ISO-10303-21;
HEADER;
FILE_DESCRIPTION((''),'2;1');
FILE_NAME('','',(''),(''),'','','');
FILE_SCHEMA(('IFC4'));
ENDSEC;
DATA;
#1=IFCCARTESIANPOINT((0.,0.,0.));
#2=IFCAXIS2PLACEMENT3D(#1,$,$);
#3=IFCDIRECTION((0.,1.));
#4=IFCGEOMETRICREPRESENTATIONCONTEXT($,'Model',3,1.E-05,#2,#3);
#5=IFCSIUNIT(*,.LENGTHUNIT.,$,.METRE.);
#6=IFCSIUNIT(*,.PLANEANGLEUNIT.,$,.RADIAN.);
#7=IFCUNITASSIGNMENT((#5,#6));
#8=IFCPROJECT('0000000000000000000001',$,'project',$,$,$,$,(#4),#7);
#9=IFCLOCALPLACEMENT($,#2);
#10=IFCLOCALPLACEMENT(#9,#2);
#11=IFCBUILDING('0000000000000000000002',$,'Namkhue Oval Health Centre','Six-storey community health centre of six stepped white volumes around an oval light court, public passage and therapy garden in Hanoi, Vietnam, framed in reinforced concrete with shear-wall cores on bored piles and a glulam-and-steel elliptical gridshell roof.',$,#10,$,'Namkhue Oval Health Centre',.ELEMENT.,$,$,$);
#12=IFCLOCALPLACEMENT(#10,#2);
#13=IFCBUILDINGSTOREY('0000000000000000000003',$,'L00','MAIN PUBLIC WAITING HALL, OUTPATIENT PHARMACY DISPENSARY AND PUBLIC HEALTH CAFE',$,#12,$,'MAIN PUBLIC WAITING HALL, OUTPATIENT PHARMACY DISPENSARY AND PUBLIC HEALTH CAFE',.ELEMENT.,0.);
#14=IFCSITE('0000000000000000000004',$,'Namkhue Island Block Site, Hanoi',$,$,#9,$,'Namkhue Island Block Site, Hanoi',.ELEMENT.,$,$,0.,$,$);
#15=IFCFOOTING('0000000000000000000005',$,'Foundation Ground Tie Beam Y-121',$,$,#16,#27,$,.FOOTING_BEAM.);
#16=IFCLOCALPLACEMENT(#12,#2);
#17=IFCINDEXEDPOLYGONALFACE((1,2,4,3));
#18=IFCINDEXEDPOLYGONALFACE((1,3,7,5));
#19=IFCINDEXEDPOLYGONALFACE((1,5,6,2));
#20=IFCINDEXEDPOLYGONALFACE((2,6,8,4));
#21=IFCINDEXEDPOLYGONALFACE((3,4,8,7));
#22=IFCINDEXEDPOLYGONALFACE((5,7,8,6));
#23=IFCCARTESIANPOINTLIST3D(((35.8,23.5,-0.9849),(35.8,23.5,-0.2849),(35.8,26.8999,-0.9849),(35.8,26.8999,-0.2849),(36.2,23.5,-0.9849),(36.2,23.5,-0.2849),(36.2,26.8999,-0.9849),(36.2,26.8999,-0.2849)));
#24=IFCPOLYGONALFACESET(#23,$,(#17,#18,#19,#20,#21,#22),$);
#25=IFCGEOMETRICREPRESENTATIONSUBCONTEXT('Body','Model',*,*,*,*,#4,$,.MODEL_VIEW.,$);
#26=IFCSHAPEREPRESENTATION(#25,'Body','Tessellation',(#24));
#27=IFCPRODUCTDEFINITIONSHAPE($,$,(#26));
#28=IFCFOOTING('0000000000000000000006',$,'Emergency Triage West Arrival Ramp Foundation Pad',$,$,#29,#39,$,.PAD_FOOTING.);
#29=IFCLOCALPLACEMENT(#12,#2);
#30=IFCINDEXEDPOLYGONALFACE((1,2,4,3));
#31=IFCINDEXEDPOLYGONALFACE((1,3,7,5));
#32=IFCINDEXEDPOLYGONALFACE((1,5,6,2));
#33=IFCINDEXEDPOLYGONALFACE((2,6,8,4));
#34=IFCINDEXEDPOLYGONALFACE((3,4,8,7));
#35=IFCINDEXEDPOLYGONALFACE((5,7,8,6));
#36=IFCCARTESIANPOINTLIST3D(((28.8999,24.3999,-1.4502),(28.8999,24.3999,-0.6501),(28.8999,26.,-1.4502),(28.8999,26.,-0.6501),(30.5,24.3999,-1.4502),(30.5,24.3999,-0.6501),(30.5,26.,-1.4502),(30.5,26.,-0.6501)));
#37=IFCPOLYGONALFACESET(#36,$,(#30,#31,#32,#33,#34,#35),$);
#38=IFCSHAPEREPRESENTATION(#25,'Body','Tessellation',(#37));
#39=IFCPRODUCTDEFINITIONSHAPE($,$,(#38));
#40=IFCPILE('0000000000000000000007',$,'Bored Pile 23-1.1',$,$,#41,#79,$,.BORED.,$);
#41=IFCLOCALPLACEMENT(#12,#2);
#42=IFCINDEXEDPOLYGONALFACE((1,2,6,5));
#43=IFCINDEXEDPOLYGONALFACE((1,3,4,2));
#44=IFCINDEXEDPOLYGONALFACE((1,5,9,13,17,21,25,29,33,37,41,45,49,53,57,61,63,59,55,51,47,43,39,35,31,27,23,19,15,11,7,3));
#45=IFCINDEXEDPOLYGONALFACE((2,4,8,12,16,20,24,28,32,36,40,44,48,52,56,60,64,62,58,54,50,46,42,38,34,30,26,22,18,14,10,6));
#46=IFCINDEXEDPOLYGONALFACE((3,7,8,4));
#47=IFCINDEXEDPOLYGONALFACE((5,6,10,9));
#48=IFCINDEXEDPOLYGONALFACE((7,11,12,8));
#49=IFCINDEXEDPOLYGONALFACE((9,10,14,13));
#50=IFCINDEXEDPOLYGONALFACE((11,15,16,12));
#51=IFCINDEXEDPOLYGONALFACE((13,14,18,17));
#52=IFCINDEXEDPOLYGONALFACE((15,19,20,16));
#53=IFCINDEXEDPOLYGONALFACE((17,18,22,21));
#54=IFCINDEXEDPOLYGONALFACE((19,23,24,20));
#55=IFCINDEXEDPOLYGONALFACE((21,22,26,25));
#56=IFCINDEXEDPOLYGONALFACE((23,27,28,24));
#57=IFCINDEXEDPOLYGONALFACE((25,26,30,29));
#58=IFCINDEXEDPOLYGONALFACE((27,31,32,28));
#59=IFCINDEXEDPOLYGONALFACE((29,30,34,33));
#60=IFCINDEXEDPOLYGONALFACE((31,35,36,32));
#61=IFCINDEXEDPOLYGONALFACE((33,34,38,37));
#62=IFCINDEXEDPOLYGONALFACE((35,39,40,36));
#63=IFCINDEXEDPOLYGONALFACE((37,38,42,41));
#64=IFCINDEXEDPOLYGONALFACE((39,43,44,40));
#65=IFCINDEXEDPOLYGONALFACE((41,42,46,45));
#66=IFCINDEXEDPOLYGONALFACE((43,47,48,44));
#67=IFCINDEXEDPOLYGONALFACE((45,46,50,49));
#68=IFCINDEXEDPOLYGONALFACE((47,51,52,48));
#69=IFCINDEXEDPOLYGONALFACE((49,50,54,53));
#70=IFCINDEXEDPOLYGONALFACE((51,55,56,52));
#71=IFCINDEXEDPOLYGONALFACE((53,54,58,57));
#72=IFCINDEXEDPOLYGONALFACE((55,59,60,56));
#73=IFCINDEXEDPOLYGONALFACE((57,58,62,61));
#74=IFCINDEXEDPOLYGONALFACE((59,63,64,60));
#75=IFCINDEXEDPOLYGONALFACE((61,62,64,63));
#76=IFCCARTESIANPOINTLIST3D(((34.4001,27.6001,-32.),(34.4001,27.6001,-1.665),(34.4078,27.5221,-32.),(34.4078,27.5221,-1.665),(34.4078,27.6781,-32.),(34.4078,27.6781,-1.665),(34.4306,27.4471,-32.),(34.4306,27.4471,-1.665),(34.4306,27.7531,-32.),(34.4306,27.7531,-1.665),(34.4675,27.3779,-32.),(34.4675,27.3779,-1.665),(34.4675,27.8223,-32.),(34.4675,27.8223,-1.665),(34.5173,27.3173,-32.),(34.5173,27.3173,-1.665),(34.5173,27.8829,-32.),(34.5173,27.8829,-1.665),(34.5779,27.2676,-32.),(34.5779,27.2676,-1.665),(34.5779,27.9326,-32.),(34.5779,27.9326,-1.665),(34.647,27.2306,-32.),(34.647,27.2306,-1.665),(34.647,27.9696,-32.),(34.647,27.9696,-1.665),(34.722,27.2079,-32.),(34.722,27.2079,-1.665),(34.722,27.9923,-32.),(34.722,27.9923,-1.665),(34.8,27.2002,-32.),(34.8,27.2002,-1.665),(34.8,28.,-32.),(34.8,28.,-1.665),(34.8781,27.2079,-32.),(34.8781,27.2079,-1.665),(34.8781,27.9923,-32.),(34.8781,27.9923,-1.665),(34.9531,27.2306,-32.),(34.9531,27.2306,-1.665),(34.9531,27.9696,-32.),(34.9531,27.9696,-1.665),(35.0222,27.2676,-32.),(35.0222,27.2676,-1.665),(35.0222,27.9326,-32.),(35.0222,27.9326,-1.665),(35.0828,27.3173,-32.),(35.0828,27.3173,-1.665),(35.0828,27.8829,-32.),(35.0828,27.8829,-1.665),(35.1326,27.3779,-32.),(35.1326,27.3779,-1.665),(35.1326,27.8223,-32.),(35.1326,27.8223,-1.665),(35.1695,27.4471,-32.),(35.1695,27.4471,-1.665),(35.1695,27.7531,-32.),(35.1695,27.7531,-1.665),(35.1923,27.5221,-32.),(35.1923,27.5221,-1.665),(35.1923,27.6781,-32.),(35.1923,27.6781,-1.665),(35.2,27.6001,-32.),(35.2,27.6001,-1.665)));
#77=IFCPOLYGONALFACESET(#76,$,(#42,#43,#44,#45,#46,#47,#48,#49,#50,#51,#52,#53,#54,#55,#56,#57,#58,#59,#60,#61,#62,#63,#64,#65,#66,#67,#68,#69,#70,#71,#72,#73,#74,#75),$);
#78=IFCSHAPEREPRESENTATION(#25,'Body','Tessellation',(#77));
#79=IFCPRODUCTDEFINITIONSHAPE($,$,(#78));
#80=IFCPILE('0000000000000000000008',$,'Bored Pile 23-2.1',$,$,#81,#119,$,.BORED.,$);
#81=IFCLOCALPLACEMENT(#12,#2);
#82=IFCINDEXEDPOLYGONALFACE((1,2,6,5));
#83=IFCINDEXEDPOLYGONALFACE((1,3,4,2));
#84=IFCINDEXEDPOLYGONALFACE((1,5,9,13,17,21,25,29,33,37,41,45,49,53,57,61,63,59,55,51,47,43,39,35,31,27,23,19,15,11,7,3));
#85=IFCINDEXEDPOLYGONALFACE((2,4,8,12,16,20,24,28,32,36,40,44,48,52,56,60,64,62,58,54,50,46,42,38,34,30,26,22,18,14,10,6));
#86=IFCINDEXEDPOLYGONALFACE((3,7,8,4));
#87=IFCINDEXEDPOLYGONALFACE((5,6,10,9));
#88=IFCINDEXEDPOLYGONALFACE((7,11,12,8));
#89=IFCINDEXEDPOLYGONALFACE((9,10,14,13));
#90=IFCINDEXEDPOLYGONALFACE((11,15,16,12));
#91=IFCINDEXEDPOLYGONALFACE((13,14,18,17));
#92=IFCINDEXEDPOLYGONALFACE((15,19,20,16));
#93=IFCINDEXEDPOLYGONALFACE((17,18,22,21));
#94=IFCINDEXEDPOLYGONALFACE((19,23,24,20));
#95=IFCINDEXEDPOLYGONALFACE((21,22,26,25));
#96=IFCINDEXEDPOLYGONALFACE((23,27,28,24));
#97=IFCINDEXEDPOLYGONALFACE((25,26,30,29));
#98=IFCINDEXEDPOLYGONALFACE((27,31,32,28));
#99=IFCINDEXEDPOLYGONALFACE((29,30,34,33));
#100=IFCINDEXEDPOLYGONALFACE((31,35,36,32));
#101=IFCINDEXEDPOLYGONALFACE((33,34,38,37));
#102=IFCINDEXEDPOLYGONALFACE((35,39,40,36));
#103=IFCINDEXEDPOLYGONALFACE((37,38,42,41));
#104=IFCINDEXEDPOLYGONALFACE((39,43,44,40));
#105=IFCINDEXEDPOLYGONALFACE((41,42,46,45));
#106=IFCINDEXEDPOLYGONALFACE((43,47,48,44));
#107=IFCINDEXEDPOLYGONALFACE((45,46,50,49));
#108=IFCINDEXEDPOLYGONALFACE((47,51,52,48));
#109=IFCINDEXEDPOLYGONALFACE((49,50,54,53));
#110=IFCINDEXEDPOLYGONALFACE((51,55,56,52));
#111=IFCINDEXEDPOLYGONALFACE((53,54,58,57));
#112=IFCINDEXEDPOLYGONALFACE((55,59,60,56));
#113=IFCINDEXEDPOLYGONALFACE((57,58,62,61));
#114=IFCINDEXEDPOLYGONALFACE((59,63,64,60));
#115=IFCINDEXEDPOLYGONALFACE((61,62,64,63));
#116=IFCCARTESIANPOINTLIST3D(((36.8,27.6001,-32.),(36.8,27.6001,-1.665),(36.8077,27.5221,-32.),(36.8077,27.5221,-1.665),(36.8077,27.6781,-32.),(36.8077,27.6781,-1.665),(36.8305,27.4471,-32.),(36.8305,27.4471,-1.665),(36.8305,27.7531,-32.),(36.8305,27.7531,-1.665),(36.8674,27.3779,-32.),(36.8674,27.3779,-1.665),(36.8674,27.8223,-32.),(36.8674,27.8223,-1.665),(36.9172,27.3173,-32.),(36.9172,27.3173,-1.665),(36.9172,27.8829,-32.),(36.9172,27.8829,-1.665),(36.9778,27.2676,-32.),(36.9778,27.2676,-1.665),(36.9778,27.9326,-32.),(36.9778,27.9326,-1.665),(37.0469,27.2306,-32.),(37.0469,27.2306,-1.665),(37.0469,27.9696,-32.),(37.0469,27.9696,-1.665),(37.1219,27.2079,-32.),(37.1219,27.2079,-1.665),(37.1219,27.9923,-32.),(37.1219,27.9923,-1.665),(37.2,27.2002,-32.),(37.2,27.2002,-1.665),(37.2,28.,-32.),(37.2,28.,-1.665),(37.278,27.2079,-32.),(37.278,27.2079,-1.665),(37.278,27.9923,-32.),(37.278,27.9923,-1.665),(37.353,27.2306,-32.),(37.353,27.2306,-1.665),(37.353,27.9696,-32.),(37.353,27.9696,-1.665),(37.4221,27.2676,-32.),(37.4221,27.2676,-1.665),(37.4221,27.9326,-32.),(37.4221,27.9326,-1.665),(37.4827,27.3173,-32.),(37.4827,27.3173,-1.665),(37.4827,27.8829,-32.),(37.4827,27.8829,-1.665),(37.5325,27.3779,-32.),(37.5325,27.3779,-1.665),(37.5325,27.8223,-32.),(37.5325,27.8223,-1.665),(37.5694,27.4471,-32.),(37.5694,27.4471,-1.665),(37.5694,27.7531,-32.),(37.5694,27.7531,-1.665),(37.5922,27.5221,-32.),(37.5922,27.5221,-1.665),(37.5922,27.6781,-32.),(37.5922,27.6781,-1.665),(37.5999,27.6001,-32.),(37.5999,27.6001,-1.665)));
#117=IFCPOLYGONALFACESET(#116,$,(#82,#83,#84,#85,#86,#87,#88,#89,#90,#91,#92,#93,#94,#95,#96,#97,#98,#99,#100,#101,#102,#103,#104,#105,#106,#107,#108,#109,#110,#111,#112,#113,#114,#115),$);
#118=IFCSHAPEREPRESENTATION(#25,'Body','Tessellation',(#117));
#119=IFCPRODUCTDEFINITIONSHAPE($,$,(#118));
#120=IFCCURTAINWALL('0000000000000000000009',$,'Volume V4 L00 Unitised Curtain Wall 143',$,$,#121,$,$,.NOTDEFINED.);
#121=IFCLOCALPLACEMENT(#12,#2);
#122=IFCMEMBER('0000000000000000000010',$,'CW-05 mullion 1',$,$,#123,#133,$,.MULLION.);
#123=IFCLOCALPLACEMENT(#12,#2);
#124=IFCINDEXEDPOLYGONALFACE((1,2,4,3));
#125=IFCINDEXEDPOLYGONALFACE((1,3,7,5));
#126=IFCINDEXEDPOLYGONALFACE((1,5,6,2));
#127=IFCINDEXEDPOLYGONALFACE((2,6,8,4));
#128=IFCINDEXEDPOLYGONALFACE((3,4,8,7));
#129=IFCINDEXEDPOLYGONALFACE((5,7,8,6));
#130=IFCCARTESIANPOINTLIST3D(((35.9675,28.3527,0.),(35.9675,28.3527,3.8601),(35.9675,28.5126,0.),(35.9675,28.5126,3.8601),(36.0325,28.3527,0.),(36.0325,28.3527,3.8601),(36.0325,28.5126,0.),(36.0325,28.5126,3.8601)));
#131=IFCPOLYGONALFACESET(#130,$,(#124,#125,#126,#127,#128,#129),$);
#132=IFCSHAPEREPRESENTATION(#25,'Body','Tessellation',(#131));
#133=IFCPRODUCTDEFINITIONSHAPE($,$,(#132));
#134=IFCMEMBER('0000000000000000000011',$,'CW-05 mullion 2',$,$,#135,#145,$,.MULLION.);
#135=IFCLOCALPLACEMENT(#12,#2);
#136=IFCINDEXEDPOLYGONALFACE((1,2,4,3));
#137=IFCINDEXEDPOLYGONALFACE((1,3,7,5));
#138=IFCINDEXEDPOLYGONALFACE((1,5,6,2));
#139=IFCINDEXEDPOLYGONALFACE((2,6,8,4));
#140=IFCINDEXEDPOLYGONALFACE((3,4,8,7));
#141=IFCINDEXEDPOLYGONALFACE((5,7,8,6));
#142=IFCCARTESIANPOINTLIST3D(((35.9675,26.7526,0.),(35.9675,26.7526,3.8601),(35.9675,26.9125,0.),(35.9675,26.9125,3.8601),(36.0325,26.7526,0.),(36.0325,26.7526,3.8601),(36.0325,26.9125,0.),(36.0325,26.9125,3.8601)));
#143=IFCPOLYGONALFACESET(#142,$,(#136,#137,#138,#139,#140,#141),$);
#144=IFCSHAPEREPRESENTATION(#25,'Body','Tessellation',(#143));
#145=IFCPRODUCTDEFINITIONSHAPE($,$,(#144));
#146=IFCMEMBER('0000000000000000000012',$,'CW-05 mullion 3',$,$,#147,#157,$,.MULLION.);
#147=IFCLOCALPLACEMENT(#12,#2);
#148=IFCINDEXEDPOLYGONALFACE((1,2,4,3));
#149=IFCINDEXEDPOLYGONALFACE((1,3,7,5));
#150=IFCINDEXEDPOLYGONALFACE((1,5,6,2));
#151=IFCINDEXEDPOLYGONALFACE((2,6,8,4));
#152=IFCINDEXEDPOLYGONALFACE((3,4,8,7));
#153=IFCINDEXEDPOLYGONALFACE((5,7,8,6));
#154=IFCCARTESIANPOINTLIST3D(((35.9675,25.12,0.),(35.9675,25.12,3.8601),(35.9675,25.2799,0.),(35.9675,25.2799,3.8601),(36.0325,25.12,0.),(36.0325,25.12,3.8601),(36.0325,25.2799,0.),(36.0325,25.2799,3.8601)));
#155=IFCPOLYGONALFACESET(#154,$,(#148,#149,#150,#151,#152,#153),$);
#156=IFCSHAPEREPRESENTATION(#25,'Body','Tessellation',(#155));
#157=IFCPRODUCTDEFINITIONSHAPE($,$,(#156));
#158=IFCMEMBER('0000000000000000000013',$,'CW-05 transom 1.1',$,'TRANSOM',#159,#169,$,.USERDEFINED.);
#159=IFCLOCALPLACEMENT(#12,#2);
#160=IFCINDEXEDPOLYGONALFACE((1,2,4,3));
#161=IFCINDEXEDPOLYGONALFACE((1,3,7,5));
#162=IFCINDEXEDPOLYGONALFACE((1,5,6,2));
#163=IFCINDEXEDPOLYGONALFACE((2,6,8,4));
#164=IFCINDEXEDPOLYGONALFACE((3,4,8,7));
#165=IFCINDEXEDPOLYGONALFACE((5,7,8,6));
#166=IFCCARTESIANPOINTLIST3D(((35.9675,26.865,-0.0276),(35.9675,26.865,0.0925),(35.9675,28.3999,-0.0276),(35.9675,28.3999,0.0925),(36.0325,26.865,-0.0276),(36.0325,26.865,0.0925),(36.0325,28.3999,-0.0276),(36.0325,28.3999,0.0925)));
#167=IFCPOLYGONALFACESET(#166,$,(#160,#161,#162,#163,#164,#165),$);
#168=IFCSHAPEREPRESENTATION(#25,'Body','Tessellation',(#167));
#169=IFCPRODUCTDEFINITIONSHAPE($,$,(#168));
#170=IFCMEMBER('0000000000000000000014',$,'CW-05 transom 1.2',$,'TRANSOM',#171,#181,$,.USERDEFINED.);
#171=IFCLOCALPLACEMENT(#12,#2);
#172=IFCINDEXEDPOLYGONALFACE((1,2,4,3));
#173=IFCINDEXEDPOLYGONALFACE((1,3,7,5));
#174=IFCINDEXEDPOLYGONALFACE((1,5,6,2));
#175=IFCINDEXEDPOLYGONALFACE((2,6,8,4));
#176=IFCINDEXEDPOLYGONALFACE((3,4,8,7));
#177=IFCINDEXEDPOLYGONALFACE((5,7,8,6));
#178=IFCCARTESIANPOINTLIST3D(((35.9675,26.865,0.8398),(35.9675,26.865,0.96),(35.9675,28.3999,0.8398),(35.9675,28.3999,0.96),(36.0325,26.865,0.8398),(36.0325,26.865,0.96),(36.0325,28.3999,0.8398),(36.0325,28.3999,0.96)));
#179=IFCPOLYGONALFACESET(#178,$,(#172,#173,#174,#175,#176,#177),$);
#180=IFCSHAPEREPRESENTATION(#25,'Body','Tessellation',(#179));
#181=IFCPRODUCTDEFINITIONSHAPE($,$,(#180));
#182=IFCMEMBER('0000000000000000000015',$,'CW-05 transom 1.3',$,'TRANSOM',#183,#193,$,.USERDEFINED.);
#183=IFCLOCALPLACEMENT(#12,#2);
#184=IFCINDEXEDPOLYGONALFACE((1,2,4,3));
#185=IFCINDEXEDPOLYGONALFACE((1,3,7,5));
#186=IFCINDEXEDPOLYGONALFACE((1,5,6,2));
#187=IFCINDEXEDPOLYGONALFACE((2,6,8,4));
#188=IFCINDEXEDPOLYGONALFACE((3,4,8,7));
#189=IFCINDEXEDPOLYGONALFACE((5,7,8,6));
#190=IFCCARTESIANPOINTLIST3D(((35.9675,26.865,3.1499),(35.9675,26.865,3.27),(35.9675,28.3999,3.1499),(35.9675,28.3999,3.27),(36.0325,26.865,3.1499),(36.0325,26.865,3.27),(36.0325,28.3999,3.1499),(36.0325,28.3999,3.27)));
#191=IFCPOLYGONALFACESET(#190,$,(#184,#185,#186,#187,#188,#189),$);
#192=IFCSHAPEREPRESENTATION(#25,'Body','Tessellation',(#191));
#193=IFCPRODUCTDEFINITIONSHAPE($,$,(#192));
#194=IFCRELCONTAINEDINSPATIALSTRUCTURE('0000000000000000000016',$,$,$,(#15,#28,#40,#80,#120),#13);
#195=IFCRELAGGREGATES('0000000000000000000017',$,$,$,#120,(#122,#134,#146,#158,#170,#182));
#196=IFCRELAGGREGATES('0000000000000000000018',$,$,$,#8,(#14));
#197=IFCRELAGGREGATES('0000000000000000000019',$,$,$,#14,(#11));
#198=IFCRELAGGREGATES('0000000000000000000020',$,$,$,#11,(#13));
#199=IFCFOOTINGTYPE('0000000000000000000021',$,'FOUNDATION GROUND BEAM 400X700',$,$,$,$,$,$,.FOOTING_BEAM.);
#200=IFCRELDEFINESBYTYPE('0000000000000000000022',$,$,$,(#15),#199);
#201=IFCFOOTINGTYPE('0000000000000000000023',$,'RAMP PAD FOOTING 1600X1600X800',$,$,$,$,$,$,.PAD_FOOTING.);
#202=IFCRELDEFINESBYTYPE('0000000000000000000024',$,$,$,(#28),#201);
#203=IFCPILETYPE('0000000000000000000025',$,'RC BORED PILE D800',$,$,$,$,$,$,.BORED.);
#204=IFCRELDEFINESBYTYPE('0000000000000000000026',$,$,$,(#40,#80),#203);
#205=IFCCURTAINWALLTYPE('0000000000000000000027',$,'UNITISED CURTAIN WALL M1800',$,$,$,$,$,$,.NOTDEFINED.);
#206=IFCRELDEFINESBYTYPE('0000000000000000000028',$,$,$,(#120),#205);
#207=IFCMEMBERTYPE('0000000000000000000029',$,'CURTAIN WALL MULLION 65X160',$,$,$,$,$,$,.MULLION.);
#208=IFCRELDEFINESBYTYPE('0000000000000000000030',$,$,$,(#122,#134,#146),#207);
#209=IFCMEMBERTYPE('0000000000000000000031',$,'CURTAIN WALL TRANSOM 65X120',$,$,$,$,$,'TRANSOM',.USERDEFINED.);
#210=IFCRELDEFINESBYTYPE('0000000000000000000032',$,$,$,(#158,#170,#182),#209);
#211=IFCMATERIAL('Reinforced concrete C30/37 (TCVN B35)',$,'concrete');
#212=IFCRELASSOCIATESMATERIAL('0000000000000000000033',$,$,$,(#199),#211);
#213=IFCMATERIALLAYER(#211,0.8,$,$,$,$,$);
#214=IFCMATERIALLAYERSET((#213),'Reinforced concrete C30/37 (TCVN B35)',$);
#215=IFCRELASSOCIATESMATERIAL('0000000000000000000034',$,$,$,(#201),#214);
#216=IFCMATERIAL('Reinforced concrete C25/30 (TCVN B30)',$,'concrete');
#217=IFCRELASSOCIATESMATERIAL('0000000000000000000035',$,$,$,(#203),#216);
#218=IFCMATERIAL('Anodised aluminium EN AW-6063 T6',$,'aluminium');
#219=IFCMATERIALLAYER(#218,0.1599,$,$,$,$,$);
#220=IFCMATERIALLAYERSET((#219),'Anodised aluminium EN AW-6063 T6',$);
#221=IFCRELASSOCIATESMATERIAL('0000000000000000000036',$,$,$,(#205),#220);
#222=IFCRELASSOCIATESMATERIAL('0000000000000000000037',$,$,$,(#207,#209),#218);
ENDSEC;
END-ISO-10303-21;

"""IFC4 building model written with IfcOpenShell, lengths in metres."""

from ifc_helpers import new_model, si_unit, direction, frame, origin, origin_2d, place, context, subcontext, project, spatial, rectangle, circle, extrude, material, layer, layer_set, material_profile, profile_set, type_object, element, aggregate, save


model = new_model("IFC4")

# Units and contexts
model_context = context("Model", 3, precision=1e-05, world=origin(), true_north=direction((0.0, 1.0)))
body_context = subcontext(model_context, "Body", "Model", "MODEL_VIEW")
ifc_project = project(units=[si_unit("LENGTHUNIT", "METRE"), si_unit("PLANEANGLEUNIT", "RADIAN")], contexts=[model_context])

# Site, building, storey
site_placement = place(None, origin())
site = spatial("IfcSite", under=ifc_project, at=site_placement, Name="Namkhue Island Block Site, Hanoi", LongName="Namkhue Island Block Site, Hanoi", CompositionType="ELEMENT", RefElevation=0.0)
building_placement = place(site_placement, origin())
building = spatial("IfcBuilding", under=site, at=building_placement, Name="Namkhue Oval Health Centre", Description="Six-storey community health centre of six stepped white volumes around an oval light court, public passage and therapy garden in Hanoi, Vietnam, framed in reinforced concrete with shear-wall cores on bored piles and a glulam-and-steel elliptical gridshell roof.", LongName="Namkhue Oval Health Centre", CompositionType="ELEMENT")
storey_placement = place(building_placement, origin())
storey = spatial("IfcBuildingStorey", under=building, at=storey_placement, Name="L00", Description="MAIN PUBLIC WAITING HALL, OUTPATIENT PHARMACY DISPENSARY AND PUBLIC HEALTH CAFE", LongName="MAIN PUBLIC WAITING HALL, OUTPATIENT PHARMACY DISPENSARY AND PUBLIC HEALTH CAFE", CompositionType="ELEMENT", Elevation=0.0)

# Footings
ifc_material_1 = material(Name="Reinforced concrete C30/37 (TCVN B35)", Category="concrete")
footing_type_1 = type_object("IfcFootingType", Name="FOUNDATION GROUND BEAM 400X700", PredefinedType="FOOTING_BEAM", material=ifc_material_1)
footing_1_placement = place(storey_placement, frame((36.0, 25.2, -0.9849), z_axis=(0.0, 0.0, 1.0), x_axis=(0.0, 1.0, 0.0)))
element("IfcFooting", 1, at=footing_1_placement, inside=storey, type_object=footing_type_1, Name="Foundation Ground Tie Beam Y-121", PredefinedType="FOOTING_BEAM", context=body_context, shape_type="SweptSolid", body=[
    extrude(rectangle(XDim=3.3999, YDim=0.3999, at=origin_2d()), origin(), (0.0, 0.0, 1.0), 0.7),
])
ifc_layer_1 = layer(ifc_material_1, 0.8)
ifc_layer_set_1 = layer_set([ifc_layer_1], Name="Reinforced concrete C30/37 (TCVN B35)")
footing_type_2 = type_object("IfcFootingType", Name="RAMP PAD FOOTING 1600X1600X800", PredefinedType="PAD_FOOTING", material=ifc_layer_set_1)
footing_2_placement = place(storey_placement, frame((29.7, 25.2, -1.4502), z_axis=(0.0, 0.0, 1.0), x_axis=(1.0, 0.0, 0.0)))
element("IfcFooting", 2, at=footing_2_placement, inside=storey, type_object=footing_type_2, Name="Emergency Triage West Arrival Ramp Foundation Pad", PredefinedType="PAD_FOOTING", context=body_context, shape_type="SweptSolid", body=[
    extrude(rectangle(XDim=1.6001, YDim=1.6001, at=origin_2d()), origin(), (0.0, 0.0, 1.0), 0.8),
])

# Piles
ifc_material_2 = material(Name="Reinforced concrete C25/30 (TCVN B30)", Category="concrete")
ifc_material_profile_1 = material_profile(ifc_material_2, circle(Radius=0.3999, at=origin_2d()), Name="BORED PILE D800")
ifc_profile_set_1 = profile_set([ifc_material_profile_1], Name="Reinforced concrete C25/30 (TCVN B30)")
pile_type = type_object("IfcPileType", Name="RC BORED PILE D800", PredefinedType="BORED", material=ifc_profile_set_1)
for number, where, z_axis, x_axis, name in (
    (3, (34.8, 27.6001, -1.665), (0.0, 0.0, -1.0), (1.0, 0.0, 0.0), "Bored Pile 23-1.1"),
    (4, (37.2, 27.6001, -1.665), (0.0, 0.0, -1.0), (1.0, 0.0, 0.0), "Bored Pile 23-2.1"),
):
    element("IfcPile", number, at=place(storey_placement, frame(where, z_axis=z_axis, x_axis=x_axis)), inside=storey, type_object=pile_type, Name=name, PredefinedType="BORED", context=body_context, shape_type="SweptSolid", body=[
        extrude(circle(Radius=0.3999, at=origin_2d()), origin(), (0.0, 0.0, 1.0), 30.335),
    ])

# Curtain wall, members
ifc_material_3 = material(Name="Anodised aluminium EN AW-6063 T6", Category="aluminium")
ifc_layer_2 = layer(ifc_material_3, 0.1599)
ifc_layer_set_2 = layer_set([ifc_layer_2], Name="Anodised aluminium EN AW-6063 T6")
curtain_wall_type = type_object("IfcCurtainWallType", Name="UNITISED CURTAIN WALL M1800", PredefinedType="NOTDEFINED", material=ifc_layer_set_2)
curtain_wall_placement = place(storey_placement, origin())
curtain_wall = element("IfcCurtainWall", 5, at=curtain_wall_placement, inside=storey, type_object=curtain_wall_type, Name="Volume V4 L00 Unitised Curtain Wall 143", PredefinedType="NOTDEFINED")
ifc_material_profile_2 = material_profile(ifc_material_3, rectangle(XDim=0.0649, YDim=0.1599, at=origin_2d()), Name="ALU 65x160")
ifc_profile_set_2 = profile_set([ifc_material_profile_2], Name="Anodised aluminium EN AW-6063 T6")
member_type_1 = type_object("IfcMemberType", Name="CURTAIN WALL MULLION 65X160", PredefinedType="MULLION", material=ifc_profile_set_2)
member_1_placement = place(storey_placement, frame((36.0, 28.4326, 0.0), z_axis=(0.0, 0.0, 1.0), x_axis=(1.0, 0.0, 0.0)))
member_1 = element("IfcMember", 6, at=member_1_placement, type_object=member_type_1, Name="CW-05 mullion 1", PredefinedType="MULLION", context=body_context, shape_type="SweptSolid", body=[
    extrude(rectangle(XDim=0.0649, YDim=0.1599, at=origin_2d()), origin(), (0.0, 0.0, 1.0), 3.8601),
])
member_2_placement = place(storey_placement, frame((36.0, 26.8325, 0.0), z_axis=(0.0, 0.0, 1.0), x_axis=(1.0, 0.0, 0.0)))
member_2 = element("IfcMember", 7, at=member_2_placement, type_object=member_type_1, Name="CW-05 mullion 2", PredefinedType="MULLION", context=body_context, shape_type="SweptSolid", body=[
    extrude(rectangle(XDim=0.0649, YDim=0.1599, at=origin_2d()), origin(), (0.0, 0.0, 1.0), 3.8601),
])
member_3_placement = place(storey_placement, frame((36.0, 25.2, 0.0), z_axis=(0.0, 0.0, 1.0), x_axis=(1.0, 0.0, 0.0)))
member_3 = element("IfcMember", 8, at=member_3_placement, type_object=member_type_1, Name="CW-05 mullion 3", PredefinedType="MULLION", context=body_context, shape_type="SweptSolid", body=[
    extrude(rectangle(XDim=0.0649, YDim=0.1599, at=origin_2d()), origin(), (0.0, 0.0, 1.0), 3.8601),
])
ifc_material_profile_3 = material_profile(ifc_material_3, rectangle(XDim=0.0649, YDim=0.1201, at=origin_2d()), Name="ALU 65x120")
ifc_profile_set_3 = profile_set([ifc_material_profile_3], Name="Anodised aluminium EN AW-6063 T6")
member_type_2 = type_object("IfcMemberType", Name="CURTAIN WALL TRANSOM 65X120", ElementType="TRANSOM", PredefinedType="USERDEFINED", material=ifc_profile_set_3)
member_4_placement = place(storey_placement, frame((36.0, 28.3999, 0.0325), z_axis=(0.0, -1.0, 0.0), x_axis=(1.0, 0.0, 0.0)))
member_4 = element("IfcMember", 9, at=member_4_placement, type_object=member_type_2, Name="CW-05 transom 1.1", ObjectType="TRANSOM", PredefinedType="USERDEFINED", context=body_context, shape_type="SweptSolid", body=[
    extrude(rectangle(XDim=0.0649, YDim=0.1201, at=origin_2d()), origin(), (0.0, 0.0, 1.0), 1.5349),
])
member_5_placement = place(storey_placement, frame((36.0, 28.3999, 0.8999), z_axis=(0.0, -1.0, 0.0), x_axis=(1.0, 0.0, 0.0)))
member_5 = element("IfcMember", 10, at=member_5_placement, type_object=member_type_2, Name="CW-05 transom 1.2", ObjectType="TRANSOM", PredefinedType="USERDEFINED", context=body_context, shape_type="SweptSolid", body=[
    extrude(rectangle(XDim=0.0649, YDim=0.1201, at=origin_2d()), origin(), (0.0, 0.0, 1.0), 1.5349),
])
member_6_placement = place(storey_placement, frame((36.0, 28.3999, 3.21), z_axis=(0.0, -1.0, 0.0), x_axis=(1.0, 0.0, 0.0)))
member_6 = element("IfcMember", 11, at=member_6_placement, type_object=member_type_2, Name="CW-05 transom 1.3", ObjectType="TRANSOM", PredefinedType="USERDEFINED", context=body_context, shape_type="SweptSolid", body=[
    extrude(rectangle(XDim=0.0649, YDim=0.1201, at=origin_2d()), origin(), (0.0, 0.0, 1.0), 1.5349),
])

aggregate(curtain_wall, [member_1, member_2, member_3, member_4, member_5, member_6])

save(model, "model.ifc")
